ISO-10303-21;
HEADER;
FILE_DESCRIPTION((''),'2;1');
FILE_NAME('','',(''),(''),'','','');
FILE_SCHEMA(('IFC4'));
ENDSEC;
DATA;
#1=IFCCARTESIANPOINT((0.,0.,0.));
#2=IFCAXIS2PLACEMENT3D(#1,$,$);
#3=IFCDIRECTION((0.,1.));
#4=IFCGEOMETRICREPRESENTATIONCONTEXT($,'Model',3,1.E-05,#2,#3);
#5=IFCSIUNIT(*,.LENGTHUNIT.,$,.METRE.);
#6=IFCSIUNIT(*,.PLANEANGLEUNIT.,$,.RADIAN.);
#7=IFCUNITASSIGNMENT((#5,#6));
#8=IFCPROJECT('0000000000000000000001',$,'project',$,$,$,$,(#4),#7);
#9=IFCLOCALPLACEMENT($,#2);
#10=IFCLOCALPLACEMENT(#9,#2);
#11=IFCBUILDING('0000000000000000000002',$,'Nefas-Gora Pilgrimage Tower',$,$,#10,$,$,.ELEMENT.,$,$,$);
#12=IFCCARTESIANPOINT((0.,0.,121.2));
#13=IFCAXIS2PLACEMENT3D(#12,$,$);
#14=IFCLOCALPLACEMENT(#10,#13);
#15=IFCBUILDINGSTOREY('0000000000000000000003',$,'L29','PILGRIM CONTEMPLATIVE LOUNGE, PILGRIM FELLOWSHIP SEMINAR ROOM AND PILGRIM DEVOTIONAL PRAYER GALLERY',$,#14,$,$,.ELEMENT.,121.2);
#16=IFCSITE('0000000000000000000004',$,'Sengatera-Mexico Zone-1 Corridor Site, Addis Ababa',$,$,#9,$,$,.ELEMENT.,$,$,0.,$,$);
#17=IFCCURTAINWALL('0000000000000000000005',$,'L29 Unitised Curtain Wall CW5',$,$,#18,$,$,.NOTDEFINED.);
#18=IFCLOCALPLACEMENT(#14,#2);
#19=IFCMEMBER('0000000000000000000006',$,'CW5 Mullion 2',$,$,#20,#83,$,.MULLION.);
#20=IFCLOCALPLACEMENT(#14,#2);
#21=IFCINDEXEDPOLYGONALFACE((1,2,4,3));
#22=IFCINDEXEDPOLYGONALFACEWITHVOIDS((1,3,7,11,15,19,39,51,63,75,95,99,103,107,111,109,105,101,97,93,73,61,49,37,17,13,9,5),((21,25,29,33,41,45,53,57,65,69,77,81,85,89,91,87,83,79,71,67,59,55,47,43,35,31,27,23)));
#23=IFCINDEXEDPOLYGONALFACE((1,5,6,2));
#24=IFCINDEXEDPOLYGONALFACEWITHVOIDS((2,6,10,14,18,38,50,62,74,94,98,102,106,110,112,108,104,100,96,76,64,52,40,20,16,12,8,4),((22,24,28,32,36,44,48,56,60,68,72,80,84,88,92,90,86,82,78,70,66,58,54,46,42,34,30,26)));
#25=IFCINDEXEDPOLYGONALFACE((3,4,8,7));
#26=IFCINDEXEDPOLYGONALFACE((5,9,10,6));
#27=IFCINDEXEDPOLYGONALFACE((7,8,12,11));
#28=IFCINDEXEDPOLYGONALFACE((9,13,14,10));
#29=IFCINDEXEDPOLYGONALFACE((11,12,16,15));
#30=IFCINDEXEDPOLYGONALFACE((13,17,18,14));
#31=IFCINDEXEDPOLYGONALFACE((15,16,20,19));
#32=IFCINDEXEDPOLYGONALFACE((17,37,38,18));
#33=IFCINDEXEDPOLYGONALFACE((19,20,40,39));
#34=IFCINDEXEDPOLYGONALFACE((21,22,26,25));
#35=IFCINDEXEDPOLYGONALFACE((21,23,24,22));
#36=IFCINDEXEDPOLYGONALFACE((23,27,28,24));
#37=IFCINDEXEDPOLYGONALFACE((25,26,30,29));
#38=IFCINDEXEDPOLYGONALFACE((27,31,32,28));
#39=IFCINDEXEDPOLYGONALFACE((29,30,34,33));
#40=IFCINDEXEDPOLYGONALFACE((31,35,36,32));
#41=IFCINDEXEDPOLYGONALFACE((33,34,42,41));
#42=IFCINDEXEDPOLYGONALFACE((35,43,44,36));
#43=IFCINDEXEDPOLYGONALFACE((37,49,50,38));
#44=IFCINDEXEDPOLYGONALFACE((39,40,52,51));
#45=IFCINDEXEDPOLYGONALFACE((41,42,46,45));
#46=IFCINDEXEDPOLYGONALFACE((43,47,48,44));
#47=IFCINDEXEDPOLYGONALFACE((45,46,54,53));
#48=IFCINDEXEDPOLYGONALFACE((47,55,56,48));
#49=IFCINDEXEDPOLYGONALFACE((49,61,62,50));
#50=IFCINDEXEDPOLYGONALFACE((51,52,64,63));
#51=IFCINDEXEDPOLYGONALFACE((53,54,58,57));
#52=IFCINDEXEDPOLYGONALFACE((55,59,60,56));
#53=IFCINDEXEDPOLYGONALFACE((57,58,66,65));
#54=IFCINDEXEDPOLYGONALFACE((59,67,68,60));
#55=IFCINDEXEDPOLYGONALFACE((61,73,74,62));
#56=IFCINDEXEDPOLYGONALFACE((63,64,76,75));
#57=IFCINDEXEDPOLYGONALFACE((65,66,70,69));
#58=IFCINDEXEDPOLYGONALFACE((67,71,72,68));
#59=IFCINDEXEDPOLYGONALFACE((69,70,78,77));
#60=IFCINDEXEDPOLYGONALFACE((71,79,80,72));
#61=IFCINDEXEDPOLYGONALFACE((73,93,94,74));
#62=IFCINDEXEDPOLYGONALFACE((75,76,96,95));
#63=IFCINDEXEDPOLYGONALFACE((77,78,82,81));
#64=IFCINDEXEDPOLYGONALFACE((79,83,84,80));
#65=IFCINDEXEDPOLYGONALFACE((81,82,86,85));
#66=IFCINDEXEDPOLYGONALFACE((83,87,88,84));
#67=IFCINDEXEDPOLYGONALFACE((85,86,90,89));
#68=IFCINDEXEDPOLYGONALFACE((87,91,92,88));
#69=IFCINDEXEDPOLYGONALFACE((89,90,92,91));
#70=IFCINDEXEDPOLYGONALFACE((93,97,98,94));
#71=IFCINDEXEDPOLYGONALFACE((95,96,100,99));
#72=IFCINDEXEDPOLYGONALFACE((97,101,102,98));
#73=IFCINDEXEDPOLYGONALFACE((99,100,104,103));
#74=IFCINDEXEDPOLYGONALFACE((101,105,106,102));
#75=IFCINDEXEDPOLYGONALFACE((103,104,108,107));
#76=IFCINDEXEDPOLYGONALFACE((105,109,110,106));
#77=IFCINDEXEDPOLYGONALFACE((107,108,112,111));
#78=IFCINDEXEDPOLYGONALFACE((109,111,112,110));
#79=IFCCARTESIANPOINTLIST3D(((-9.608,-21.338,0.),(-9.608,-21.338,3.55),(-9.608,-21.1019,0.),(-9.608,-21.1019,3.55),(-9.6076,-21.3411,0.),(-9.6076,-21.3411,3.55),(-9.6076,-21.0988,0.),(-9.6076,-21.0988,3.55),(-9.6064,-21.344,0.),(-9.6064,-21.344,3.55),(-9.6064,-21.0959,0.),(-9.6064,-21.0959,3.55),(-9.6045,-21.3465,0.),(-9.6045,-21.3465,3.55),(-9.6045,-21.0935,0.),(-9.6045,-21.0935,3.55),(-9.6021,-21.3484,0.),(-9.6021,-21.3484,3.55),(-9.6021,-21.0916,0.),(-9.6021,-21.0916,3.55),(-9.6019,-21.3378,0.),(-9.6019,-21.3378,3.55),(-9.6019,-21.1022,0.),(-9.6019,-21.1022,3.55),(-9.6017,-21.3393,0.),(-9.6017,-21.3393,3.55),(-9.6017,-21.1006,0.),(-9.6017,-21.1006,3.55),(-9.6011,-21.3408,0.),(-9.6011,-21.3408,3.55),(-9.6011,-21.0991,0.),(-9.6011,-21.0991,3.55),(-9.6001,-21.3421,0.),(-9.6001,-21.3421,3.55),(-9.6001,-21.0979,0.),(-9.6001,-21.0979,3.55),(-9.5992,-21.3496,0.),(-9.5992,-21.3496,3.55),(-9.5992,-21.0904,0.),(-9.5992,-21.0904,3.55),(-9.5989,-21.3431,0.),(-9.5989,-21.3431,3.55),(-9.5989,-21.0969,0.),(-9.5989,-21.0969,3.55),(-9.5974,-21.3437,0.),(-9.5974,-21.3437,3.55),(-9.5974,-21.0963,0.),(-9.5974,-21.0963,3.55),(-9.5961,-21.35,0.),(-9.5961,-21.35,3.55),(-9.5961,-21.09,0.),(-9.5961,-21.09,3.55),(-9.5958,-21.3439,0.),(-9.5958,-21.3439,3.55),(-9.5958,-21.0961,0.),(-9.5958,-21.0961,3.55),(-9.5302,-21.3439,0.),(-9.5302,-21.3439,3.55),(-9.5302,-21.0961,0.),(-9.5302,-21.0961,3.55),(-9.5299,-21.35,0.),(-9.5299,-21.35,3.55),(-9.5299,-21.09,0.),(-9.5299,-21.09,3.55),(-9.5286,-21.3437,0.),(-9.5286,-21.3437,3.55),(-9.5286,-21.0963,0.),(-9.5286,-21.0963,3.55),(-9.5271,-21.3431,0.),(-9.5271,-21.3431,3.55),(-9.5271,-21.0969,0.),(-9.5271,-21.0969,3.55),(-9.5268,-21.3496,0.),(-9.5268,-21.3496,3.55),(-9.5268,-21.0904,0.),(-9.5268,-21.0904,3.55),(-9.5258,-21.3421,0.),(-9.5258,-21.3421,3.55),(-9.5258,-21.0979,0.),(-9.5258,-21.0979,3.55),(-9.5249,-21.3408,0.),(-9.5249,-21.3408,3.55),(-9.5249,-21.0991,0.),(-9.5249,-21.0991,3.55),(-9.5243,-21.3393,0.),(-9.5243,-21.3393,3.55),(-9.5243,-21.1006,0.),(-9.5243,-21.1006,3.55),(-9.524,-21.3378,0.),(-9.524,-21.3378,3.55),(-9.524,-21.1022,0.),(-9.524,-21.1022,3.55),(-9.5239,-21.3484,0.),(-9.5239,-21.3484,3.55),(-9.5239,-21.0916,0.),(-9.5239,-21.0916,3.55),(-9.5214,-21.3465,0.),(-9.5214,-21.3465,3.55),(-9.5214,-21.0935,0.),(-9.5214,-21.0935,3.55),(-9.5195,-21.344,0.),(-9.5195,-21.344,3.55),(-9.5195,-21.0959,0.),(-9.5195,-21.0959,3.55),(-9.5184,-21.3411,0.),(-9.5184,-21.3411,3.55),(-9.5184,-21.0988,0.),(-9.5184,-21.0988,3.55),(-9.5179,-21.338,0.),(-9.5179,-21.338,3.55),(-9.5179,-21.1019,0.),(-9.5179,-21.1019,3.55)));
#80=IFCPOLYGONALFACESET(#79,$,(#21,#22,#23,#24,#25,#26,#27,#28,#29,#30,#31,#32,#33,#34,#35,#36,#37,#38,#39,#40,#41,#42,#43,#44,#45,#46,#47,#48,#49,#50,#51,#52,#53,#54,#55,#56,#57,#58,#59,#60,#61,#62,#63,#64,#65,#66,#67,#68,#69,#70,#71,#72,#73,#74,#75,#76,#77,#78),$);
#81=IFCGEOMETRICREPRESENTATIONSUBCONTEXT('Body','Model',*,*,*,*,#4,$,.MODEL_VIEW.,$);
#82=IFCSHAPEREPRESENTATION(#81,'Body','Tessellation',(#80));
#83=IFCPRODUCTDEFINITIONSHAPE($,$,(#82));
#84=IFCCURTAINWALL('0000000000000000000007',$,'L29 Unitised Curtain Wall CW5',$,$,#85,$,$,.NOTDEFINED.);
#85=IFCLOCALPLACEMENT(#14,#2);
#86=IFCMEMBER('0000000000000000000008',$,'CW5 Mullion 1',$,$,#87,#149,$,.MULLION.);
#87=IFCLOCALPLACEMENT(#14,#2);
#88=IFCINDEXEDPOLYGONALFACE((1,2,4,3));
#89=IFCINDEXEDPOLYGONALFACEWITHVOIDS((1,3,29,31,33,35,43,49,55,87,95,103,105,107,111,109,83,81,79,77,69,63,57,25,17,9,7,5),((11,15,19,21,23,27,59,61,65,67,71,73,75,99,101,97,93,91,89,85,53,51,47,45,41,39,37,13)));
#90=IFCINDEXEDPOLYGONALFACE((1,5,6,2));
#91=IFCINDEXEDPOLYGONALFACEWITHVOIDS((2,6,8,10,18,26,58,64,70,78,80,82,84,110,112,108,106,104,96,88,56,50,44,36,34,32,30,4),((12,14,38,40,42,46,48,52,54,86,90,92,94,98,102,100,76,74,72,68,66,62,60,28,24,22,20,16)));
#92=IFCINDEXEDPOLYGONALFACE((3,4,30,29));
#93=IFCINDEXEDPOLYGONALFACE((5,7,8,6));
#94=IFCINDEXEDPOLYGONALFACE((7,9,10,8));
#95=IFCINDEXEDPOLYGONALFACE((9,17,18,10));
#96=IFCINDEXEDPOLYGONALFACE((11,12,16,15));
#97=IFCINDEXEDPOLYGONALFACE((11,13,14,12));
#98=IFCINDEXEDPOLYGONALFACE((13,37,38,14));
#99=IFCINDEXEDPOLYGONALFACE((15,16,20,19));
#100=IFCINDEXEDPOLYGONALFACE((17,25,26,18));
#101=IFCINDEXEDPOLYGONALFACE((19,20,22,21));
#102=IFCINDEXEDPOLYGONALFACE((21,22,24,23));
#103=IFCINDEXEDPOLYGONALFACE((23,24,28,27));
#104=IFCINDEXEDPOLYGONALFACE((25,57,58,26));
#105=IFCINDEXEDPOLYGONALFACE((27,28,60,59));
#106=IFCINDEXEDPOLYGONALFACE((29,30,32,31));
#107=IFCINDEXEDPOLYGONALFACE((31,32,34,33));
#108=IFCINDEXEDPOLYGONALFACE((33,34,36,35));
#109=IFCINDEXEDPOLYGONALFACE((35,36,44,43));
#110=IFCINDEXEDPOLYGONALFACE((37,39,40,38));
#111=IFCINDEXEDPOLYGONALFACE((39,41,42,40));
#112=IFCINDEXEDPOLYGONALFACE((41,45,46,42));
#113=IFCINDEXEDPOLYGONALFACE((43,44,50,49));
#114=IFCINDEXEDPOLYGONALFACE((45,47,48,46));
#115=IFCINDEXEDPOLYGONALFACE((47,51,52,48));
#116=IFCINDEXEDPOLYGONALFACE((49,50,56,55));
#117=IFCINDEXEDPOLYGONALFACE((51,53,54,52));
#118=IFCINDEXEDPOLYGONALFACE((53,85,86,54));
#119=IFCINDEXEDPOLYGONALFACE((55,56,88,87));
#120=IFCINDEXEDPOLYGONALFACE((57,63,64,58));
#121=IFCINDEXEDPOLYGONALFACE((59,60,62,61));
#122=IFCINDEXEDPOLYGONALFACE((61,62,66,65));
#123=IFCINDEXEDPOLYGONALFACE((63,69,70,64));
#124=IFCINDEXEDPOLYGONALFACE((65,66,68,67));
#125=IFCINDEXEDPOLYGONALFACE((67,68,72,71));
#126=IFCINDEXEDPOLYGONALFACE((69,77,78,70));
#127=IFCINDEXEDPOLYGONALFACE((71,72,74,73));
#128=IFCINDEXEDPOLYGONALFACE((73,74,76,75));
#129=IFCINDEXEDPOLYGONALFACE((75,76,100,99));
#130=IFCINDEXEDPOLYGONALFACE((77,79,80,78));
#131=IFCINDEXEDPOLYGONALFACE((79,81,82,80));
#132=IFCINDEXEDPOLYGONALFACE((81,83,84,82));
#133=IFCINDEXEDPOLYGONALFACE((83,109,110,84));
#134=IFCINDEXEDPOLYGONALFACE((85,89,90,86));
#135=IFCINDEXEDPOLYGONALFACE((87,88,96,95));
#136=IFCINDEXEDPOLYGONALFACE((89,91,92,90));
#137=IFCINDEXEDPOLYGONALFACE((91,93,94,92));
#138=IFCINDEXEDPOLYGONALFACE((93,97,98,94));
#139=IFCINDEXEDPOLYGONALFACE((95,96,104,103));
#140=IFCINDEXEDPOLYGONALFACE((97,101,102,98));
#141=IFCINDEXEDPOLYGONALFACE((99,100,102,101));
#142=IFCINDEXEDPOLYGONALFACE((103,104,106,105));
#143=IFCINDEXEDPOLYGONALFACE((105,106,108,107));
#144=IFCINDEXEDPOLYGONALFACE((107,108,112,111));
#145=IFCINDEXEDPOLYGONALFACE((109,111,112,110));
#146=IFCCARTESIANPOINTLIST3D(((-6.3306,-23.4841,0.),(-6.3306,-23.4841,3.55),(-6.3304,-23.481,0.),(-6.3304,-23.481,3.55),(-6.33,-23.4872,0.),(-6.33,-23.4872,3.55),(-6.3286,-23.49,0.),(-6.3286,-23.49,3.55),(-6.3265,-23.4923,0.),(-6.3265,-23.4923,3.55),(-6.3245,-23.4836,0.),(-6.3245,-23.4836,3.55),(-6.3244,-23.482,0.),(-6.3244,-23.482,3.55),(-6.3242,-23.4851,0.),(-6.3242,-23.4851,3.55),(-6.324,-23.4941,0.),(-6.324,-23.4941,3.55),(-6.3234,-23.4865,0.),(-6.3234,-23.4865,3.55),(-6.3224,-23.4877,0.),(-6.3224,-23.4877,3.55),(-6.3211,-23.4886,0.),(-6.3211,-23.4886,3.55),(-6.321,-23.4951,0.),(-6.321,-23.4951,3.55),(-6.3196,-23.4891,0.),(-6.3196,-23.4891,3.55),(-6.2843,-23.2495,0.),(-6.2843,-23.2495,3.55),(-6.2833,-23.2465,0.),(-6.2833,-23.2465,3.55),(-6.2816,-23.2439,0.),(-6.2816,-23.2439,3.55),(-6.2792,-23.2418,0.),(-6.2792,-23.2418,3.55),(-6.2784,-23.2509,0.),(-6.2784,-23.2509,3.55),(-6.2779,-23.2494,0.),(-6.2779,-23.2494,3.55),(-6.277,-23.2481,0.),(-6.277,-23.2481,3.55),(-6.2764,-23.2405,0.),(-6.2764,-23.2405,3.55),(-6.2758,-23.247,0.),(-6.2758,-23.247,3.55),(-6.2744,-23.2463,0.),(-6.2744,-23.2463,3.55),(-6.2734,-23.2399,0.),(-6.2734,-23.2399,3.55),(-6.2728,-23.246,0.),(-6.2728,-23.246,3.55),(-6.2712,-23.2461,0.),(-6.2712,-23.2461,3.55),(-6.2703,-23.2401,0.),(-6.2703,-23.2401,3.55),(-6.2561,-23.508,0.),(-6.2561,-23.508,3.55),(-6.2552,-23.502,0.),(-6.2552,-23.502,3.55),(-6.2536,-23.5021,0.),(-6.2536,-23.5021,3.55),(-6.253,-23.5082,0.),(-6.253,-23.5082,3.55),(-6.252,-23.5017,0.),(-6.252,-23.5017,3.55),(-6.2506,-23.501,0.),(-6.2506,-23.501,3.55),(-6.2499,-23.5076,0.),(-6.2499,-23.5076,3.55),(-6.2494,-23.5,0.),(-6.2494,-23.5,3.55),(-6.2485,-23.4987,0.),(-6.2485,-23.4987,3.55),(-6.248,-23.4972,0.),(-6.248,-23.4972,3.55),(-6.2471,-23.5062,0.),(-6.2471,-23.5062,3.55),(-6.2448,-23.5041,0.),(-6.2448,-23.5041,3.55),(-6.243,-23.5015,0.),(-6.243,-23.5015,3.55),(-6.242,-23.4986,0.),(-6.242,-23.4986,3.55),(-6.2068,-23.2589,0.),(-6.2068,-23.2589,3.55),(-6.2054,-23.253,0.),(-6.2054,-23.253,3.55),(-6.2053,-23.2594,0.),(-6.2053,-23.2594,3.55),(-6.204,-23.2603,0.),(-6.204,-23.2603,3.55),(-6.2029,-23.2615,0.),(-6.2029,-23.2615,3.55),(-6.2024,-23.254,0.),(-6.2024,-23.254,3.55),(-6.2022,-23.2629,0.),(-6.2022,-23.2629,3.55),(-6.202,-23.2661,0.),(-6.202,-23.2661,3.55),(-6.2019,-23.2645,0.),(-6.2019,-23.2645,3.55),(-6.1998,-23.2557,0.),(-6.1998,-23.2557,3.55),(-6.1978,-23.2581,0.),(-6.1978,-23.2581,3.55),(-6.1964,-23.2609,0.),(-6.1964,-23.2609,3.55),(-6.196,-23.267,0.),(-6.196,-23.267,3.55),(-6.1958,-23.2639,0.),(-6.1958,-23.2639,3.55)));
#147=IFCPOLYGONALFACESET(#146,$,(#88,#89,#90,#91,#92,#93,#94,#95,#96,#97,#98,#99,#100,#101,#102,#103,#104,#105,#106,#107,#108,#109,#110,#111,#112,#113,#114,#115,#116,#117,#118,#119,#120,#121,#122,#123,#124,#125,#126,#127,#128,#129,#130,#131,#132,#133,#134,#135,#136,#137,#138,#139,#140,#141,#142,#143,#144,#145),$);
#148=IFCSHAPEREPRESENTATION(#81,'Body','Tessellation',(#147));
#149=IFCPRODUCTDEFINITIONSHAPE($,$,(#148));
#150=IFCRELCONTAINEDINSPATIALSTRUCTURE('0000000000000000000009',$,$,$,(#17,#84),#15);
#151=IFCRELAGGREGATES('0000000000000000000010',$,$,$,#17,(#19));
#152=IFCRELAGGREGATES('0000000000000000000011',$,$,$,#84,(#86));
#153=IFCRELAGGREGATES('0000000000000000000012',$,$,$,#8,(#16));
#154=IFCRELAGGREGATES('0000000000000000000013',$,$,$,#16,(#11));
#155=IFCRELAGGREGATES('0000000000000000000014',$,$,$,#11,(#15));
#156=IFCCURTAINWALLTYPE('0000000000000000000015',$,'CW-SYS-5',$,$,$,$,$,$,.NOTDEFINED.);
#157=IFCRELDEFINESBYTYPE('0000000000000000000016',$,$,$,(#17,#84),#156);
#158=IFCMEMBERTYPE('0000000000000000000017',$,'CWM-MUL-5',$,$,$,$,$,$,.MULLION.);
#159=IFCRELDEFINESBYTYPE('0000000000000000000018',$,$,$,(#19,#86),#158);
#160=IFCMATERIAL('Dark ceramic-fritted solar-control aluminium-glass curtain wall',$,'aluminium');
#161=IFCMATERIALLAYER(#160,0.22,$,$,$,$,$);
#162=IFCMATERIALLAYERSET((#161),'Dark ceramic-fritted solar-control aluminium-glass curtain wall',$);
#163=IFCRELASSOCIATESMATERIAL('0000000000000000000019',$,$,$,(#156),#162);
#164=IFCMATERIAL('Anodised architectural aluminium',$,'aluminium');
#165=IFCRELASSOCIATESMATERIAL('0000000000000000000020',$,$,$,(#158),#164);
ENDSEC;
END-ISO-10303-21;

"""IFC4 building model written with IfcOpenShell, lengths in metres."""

from ifc_helpers import new_model, si_unit, direction, frame, origin, origin_2d, place, context, subcontext, project, spatial, hollow_rectangle, extrude, source, transform, mapped, material, layer, layer_set, material_profile, profile_set, type_object, element, aggregate, save


model = new_model("IFC4")

# Units and contexts
model_context = context("Model", 3, precision=1e-05, world=origin(), true_north=direction((0.0, 1.0)))
body_context = subcontext(model_context, "Body", "Model", "MODEL_VIEW")
ifc_project = project(units=[si_unit("LENGTHUNIT", "METRE"), si_unit("PLANEANGLEUNIT", "RADIAN")], contexts=[model_context])

# Site, building, storey
site_placement = place(None, origin())
site = spatial("IfcSite", under=ifc_project, at=site_placement, Name="Sengatera-Mexico Zone-1 Corridor Site, Addis Ababa", CompositionType="ELEMENT", RefElevation=0.0)
building_placement = place(site_placement, origin())
building = spatial("IfcBuilding", under=site, at=building_placement, Name="Nefas-Gora Pilgrimage Tower", CompositionType="ELEMENT")
storey_placement = place(building_placement, frame((0.0, 0.0, 121.2)))
storey = spatial("IfcBuildingStorey", under=building, at=storey_placement, Name="L29", Description="PILGRIM CONTEMPLATIVE LOUNGE, PILGRIM FELLOWSHIP SEMINAR ROOM AND PILGRIM DEVOTIONAL PRAYER GALLERY", CompositionType="ELEMENT", Elevation=121.2)

# Curtain wall, member
ifc_material_1 = material(Name="Dark ceramic-fritted solar-control aluminium-glass curtain wall", Category="aluminium")
ifc_layer_1 = layer(ifc_material_1, 0.22)
ifc_layer_set_1 = layer_set([ifc_layer_1], Name="Dark ceramic-fritted solar-control aluminium-glass curtain wall")
curtain_wall_type = type_object("IfcCurtainWallType", Name="CW-SYS-5", PredefinedType="NOTDEFINED", material=ifc_layer_set_1)
curtain_wall_1_placement = place(storey_placement, origin())
curtain_wall_1 = element("IfcCurtainWall", 1, at=curtain_wall_1_placement, inside=storey, type_object=curtain_wall_type, Name="L29 Unitised Curtain Wall CW5", PredefinedType="NOTDEFINED")
ifc_material_2 = material(Name="Anodised architectural aluminium", Category="aluminium")
ifc_material_profile_1 = material_profile(ifc_material_2, hollow_rectangle(XDim=0.0901, YDim=0.26, WallThickness=0.0061, InnerFilletRadius=0.0061, OuterFilletRadius=0.012, at=origin_2d()), Name="ALU MULLION 90x260")
ifc_profile_set_1 = profile_set([ifc_material_profile_1], Name="Anodised architectural aluminium")
member_type_1 = type_object("IfcMemberType", Name="CWM-MUL-5", PredefinedType="MULLION", material=ifc_profile_set_1)
shared_shape_1 = source(origin(), body_context, "Body", "SweptSolid", [
    extrude(hollow_rectangle(XDim=0.0901, YDim=0.26, WallThickness=0.0061, InnerFilletRadius=0.0061, OuterFilletRadius=0.012, at=origin_2d()), origin(), (0.0, 0.0, 1.0), 3.55),
])
member_1_placement = place(storey_placement, frame((-9.563, -21.22, 0.0), z_axis=(0.0, 0.0, 1.0), x_axis=(1.0, 0.0, 0.0)))
member_1 = element("IfcMember", 2, at=member_1_placement, type_object=member_type_1, Name="CW5 Mullion 2", PredefinedType="MULLION", context=body_context, shape_type="MappedRepresentation", body=[
    mapped(shared_shape_1, transform((0.0, 0.0, 0.0), x_axis=(1.0, 0.0, 0.0), y_axis=(0.0, 1.0, 0.0), z_axis=(0.0, 0.0, 1.0), scale=1.0)),
])
aggregate(curtain_wall_1, [member_1])

# Curtain wall, member
curtain_wall_2_placement = place(storey_placement, origin())
curtain_wall_2 = element("IfcCurtainWall", 3, at=curtain_wall_2_placement, inside=storey, type_object=curtain_wall_type, Name="L29 Unitised Curtain Wall CW5", PredefinedType="NOTDEFINED")
member_2_placement = place(storey_placement, frame((-6.2632, -23.374, 0.0), z_axis=(0.0, 0.0, 1.0), x_axis=(0.980783, -0.195102, 0.0)))
member_2 = element("IfcMember", 4, at=member_2_placement, type_object=member_type_1, Name="CW5 Mullion 1", PredefinedType="MULLION", context=body_context, shape_type="MappedRepresentation", body=[
    mapped(shared_shape_1, transform((0.0, 0.0, 0.0), x_axis=(1.0, 0.0, 0.0), y_axis=(0.0, 1.0, 0.0), z_axis=(0.0, 0.0, 1.0), scale=1.0)),
])

aggregate(curtain_wall_2, [member_2])

save(model, "model.ifc")
